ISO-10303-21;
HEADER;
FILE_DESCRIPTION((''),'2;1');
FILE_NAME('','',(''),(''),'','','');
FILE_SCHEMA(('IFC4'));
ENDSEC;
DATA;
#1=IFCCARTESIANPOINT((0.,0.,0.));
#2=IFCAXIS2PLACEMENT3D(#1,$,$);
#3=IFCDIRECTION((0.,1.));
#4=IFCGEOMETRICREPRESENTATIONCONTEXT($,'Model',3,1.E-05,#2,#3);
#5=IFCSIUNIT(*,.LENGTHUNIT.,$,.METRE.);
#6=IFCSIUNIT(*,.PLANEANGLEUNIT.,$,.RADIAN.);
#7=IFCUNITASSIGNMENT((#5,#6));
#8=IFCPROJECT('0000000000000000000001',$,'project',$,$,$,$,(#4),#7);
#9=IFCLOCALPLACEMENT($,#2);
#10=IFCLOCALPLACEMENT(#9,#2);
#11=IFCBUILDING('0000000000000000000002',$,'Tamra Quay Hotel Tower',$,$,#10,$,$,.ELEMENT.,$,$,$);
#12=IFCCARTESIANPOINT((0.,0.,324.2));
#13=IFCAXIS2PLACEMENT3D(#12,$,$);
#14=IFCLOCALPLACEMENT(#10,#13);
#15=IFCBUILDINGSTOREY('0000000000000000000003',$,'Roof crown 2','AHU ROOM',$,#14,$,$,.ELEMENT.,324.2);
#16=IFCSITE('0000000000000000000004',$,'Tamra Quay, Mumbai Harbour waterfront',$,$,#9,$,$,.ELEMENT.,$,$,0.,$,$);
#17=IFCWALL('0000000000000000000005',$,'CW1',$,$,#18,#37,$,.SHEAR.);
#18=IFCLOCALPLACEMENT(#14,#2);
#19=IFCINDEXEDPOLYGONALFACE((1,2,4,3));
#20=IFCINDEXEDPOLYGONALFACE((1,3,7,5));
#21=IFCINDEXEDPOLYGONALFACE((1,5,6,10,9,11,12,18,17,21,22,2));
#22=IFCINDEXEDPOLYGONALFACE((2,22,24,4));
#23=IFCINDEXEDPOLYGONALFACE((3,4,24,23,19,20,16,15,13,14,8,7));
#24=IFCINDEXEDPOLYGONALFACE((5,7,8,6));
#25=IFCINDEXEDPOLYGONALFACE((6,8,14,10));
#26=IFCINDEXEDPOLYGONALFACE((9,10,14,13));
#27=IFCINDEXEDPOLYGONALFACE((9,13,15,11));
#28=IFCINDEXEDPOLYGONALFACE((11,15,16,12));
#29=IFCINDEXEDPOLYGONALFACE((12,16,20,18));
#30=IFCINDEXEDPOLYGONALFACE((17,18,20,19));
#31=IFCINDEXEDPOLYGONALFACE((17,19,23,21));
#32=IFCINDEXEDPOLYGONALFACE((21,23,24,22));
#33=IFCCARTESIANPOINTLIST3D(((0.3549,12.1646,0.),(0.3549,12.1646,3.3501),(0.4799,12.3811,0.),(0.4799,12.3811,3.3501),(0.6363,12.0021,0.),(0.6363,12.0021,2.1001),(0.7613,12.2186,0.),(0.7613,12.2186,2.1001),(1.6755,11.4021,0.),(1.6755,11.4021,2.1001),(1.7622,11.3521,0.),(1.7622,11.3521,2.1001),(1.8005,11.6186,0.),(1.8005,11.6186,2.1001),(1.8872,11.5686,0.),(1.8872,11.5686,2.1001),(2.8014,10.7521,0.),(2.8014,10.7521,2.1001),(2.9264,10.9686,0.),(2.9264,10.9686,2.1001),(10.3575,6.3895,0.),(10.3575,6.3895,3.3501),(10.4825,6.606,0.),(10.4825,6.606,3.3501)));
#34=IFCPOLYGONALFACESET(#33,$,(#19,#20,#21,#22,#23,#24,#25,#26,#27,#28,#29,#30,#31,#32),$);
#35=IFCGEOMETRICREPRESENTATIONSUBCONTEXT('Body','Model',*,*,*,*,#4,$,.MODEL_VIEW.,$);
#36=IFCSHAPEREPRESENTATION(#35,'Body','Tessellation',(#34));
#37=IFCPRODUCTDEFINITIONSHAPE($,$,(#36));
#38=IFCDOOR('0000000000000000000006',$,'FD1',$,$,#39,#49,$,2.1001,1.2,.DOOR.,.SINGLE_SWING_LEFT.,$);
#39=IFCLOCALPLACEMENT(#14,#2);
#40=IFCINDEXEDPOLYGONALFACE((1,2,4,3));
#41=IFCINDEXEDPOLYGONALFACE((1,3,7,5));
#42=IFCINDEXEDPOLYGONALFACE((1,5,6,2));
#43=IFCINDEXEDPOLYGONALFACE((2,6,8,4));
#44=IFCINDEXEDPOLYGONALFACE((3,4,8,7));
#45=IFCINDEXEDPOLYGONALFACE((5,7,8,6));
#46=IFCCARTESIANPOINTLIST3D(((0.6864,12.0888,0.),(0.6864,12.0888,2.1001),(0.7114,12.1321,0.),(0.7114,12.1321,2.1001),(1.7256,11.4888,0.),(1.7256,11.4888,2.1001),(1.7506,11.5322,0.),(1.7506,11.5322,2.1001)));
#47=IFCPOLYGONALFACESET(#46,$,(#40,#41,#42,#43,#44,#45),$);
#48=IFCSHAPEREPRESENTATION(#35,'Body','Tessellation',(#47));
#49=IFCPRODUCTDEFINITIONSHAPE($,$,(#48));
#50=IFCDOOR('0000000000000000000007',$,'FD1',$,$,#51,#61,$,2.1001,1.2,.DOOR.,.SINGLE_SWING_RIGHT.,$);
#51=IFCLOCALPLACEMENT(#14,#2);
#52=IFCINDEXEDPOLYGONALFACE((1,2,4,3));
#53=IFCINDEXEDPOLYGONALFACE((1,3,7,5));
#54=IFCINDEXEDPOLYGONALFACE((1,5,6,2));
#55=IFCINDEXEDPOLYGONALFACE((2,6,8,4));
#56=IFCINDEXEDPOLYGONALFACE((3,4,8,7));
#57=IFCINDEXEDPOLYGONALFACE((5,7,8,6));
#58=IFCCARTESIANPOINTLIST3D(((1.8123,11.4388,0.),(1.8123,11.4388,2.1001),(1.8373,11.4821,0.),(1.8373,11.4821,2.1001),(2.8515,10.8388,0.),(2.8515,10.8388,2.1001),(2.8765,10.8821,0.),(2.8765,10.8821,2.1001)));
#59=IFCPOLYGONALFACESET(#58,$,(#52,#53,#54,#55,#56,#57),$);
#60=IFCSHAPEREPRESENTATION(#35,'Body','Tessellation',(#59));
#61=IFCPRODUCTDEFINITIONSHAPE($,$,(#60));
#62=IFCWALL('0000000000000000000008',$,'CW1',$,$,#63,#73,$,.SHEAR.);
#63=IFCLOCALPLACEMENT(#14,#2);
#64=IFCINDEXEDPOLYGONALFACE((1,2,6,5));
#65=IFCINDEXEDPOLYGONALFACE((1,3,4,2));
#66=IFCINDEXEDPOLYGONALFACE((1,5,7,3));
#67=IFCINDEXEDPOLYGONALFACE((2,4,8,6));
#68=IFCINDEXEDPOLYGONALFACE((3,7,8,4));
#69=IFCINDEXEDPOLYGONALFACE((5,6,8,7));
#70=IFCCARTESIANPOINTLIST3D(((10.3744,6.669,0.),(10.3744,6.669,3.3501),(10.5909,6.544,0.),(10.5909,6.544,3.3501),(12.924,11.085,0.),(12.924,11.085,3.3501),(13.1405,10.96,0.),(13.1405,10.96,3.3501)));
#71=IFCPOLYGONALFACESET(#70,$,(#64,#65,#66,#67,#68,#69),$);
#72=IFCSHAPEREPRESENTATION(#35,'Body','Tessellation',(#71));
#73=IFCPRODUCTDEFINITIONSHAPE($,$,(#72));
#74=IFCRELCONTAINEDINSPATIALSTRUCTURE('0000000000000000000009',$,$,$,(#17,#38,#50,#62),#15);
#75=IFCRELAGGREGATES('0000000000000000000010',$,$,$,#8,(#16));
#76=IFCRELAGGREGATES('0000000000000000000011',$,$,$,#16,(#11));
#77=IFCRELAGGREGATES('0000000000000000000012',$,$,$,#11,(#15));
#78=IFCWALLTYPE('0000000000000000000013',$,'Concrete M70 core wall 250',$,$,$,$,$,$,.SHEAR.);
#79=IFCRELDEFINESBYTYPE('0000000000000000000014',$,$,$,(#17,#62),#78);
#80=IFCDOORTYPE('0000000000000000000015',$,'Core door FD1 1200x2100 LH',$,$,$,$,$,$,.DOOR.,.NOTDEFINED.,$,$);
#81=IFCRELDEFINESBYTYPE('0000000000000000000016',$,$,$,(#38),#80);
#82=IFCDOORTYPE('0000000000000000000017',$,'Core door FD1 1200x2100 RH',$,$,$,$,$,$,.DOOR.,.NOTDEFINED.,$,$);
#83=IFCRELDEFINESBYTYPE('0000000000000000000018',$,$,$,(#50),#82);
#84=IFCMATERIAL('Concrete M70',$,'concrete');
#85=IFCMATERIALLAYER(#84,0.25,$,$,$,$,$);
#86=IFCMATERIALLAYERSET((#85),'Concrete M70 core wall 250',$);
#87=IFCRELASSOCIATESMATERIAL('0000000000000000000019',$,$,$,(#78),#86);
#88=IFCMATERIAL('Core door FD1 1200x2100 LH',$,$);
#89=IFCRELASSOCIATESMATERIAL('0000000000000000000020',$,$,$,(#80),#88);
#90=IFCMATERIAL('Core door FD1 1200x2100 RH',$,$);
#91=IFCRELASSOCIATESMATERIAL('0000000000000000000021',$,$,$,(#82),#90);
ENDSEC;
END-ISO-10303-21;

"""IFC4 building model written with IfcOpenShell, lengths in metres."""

from ifc_helpers import new_model, si_unit, direction, frame, frame_2d, origin, place, context, subcontext, project, spatial, rectangle, extrude, material, layer, layer_set, type_object, element, fill, save


model = new_model("IFC4")

# Units and contexts
model_context = context("Model", 3, precision=1e-05, world=origin(), true_north=direction((0.0, 1.0)))
body_context = subcontext(model_context, "Body", "Model", "MODEL_VIEW")
ifc_project = project(units=[si_unit("LENGTHUNIT", "METRE"), si_unit("PLANEANGLEUNIT", "RADIAN")], contexts=[model_context])

# Site, building, storey
site_placement = place(None, origin())
site = spatial("IfcSite", under=ifc_project, at=site_placement, Name="Tamra Quay, Mumbai Harbour waterfront", CompositionType="ELEMENT", RefElevation=0.0)
building_placement = place(site_placement, origin())
building = spatial("IfcBuilding", under=site, at=building_placement, Name="Tamra Quay Hotel Tower", CompositionType="ELEMENT")
storey_placement = place(building_placement, frame((0.0, 0.0, 324.2)))
storey = spatial("IfcBuildingStorey", under=building, at=storey_placement, Name="Roof crown 2", Description="AHU ROOM", CompositionType="ELEMENT", Elevation=324.2)

# Wall, openings, doors
ifc_material_1 = material(Name="Concrete M70", Category="concrete")
ifc_layer_1 = layer(ifc_material_1, 0.25)
ifc_layer_set_1 = layer_set([ifc_layer_1], Name="Concrete M70 core wall 250")
wall_type = type_object("IfcWallType", Name="Concrete M70 core wall 250", PredefinedType="SHEAR", material=ifc_layer_set_1)
wall_1_placement = place(storey_placement, frame((10.4199, 6.4978, 0.0), z_axis=(0.0, 0.0, 1.0), x_axis=(-0.866022, 0.500006, 0.0)))
wall_1 = element("IfcWall", 1, at=wall_1_placement, inside=storey, type_object=wall_type, Name="CW1", PredefinedType="SHEAR", context=body_context, shape_type="SweptSolid", body=[
    extrude(rectangle(XDim=11.55, YDim=0.25, at=frame_2d((5.7749, 0.0))), origin(), (0.0, 0.0, 1.0), 3.3501),
])
opening_1_placement = place(wall_1_placement, frame((10.0249, 0.0, 0.0)))
opening_1 = element("IfcOpeningElement", 2, at=opening_1_placement, cuts=wall_1, PredefinedType="OPENING", context=body_context, shape_type="SweptSolid", body=[
    extrude(rectangle(XDim=1.2, YDim=2.1001, at=frame_2d((0.6001, 1.05))), frame((0.0, 0.135, 0.0), z_axis=(0.0, -1.0, 0.0), x_axis=(1.0, 0.0, 0.0)), (0.0, 0.0, 1.0), 0.27),
])
opening_2_placement = place(wall_1_placement, frame((8.7249, 0.0, 0.0)))
opening_2 = element("IfcOpeningElement", 3, at=opening_2_placement, cuts=wall_1, PredefinedType="OPENING", context=body_context, shape_type="SweptSolid", body=[
    extrude(rectangle(XDim=1.2, YDim=2.1001, at=frame_2d((0.6001, 1.05))), frame((0.0, 0.135, 0.0), z_axis=(0.0, -1.0, 0.0), x_axis=(1.0, 0.0, 0.0)), (0.0, 0.0, 1.0), 0.27),
])
ifc_material_2 = material(Name="Core door FD1 1200x2100 LH")
door_type_1 = type_object("IfcDoorType", Name="Core door FD1 1200x2100 LH", OperationType="NOTDEFINED", PredefinedType="DOOR", material=ifc_material_2)
door_1_placement = place(opening_1_placement, origin())
door_1 = element("IfcDoor", 4, at=door_1_placement, inside=storey, type_object=door_type_1, Name="FD1", OperationType="SINGLE_SWING_LEFT", OverallHeight=2.1001, OverallWidth=1.2, PredefinedType="DOOR", context=body_context, shape_type="SweptSolid", body=[
    extrude(rectangle(XDim=1.2, YDim=2.1001, at=frame_2d((0.6001, 1.05))), frame((0.0, 0.0249, 0.0), z_axis=(0.0, -1.0, 0.0), x_axis=(1.0, 0.0, 0.0)), (0.0, 0.0, 1.0), 0.05),
])
fill(opening_1, door_1)
ifc_material_3 = material(Name="Core door FD1 1200x2100 RH")
door_type_2 = type_object("IfcDoorType", Name="Core door FD1 1200x2100 RH", OperationType="NOTDEFINED", PredefinedType="DOOR", material=ifc_material_3)
door_2_placement = place(opening_2_placement, origin())
door_2 = element("IfcDoor", 5, at=door_2_placement, inside=storey, type_object=door_type_2, Name="FD1", OperationType="SINGLE_SWING_RIGHT", OverallHeight=2.1001, OverallWidth=1.2, PredefinedType="DOOR", context=body_context, shape_type="SweptSolid", body=[
    extrude(rectangle(XDim=1.2, YDim=2.1001, at=frame_2d((0.6001, 1.05))), frame((0.0, 0.0249, 0.0), z_axis=(0.0, -1.0, 0.0), x_axis=(1.0, 0.0, 0.0)), (0.0, 0.0, 1.0), 0.05),
])
fill(opening_2, door_2)

# Wall
wall_2_placement = place(storey_placement, frame((13.0322, 11.0225, 0.0), z_axis=(0.0, 0.0, 1.0), x_axis=(-0.499996, -0.866028, 0.0)))
element("IfcWall", 6, at=wall_2_placement, inside=storey, type_object=wall_type, Name="CW1", PredefinedType="SHEAR", context=body_context, shape_type="SweptSolid", body=[
    extrude(rectangle(XDim=5.0991, YDim=0.25, at=frame_2d((2.5496, 0.0))), origin(), (0.0, 0.0, 1.0), 3.3501),
])

save(model, "model.ifc")
